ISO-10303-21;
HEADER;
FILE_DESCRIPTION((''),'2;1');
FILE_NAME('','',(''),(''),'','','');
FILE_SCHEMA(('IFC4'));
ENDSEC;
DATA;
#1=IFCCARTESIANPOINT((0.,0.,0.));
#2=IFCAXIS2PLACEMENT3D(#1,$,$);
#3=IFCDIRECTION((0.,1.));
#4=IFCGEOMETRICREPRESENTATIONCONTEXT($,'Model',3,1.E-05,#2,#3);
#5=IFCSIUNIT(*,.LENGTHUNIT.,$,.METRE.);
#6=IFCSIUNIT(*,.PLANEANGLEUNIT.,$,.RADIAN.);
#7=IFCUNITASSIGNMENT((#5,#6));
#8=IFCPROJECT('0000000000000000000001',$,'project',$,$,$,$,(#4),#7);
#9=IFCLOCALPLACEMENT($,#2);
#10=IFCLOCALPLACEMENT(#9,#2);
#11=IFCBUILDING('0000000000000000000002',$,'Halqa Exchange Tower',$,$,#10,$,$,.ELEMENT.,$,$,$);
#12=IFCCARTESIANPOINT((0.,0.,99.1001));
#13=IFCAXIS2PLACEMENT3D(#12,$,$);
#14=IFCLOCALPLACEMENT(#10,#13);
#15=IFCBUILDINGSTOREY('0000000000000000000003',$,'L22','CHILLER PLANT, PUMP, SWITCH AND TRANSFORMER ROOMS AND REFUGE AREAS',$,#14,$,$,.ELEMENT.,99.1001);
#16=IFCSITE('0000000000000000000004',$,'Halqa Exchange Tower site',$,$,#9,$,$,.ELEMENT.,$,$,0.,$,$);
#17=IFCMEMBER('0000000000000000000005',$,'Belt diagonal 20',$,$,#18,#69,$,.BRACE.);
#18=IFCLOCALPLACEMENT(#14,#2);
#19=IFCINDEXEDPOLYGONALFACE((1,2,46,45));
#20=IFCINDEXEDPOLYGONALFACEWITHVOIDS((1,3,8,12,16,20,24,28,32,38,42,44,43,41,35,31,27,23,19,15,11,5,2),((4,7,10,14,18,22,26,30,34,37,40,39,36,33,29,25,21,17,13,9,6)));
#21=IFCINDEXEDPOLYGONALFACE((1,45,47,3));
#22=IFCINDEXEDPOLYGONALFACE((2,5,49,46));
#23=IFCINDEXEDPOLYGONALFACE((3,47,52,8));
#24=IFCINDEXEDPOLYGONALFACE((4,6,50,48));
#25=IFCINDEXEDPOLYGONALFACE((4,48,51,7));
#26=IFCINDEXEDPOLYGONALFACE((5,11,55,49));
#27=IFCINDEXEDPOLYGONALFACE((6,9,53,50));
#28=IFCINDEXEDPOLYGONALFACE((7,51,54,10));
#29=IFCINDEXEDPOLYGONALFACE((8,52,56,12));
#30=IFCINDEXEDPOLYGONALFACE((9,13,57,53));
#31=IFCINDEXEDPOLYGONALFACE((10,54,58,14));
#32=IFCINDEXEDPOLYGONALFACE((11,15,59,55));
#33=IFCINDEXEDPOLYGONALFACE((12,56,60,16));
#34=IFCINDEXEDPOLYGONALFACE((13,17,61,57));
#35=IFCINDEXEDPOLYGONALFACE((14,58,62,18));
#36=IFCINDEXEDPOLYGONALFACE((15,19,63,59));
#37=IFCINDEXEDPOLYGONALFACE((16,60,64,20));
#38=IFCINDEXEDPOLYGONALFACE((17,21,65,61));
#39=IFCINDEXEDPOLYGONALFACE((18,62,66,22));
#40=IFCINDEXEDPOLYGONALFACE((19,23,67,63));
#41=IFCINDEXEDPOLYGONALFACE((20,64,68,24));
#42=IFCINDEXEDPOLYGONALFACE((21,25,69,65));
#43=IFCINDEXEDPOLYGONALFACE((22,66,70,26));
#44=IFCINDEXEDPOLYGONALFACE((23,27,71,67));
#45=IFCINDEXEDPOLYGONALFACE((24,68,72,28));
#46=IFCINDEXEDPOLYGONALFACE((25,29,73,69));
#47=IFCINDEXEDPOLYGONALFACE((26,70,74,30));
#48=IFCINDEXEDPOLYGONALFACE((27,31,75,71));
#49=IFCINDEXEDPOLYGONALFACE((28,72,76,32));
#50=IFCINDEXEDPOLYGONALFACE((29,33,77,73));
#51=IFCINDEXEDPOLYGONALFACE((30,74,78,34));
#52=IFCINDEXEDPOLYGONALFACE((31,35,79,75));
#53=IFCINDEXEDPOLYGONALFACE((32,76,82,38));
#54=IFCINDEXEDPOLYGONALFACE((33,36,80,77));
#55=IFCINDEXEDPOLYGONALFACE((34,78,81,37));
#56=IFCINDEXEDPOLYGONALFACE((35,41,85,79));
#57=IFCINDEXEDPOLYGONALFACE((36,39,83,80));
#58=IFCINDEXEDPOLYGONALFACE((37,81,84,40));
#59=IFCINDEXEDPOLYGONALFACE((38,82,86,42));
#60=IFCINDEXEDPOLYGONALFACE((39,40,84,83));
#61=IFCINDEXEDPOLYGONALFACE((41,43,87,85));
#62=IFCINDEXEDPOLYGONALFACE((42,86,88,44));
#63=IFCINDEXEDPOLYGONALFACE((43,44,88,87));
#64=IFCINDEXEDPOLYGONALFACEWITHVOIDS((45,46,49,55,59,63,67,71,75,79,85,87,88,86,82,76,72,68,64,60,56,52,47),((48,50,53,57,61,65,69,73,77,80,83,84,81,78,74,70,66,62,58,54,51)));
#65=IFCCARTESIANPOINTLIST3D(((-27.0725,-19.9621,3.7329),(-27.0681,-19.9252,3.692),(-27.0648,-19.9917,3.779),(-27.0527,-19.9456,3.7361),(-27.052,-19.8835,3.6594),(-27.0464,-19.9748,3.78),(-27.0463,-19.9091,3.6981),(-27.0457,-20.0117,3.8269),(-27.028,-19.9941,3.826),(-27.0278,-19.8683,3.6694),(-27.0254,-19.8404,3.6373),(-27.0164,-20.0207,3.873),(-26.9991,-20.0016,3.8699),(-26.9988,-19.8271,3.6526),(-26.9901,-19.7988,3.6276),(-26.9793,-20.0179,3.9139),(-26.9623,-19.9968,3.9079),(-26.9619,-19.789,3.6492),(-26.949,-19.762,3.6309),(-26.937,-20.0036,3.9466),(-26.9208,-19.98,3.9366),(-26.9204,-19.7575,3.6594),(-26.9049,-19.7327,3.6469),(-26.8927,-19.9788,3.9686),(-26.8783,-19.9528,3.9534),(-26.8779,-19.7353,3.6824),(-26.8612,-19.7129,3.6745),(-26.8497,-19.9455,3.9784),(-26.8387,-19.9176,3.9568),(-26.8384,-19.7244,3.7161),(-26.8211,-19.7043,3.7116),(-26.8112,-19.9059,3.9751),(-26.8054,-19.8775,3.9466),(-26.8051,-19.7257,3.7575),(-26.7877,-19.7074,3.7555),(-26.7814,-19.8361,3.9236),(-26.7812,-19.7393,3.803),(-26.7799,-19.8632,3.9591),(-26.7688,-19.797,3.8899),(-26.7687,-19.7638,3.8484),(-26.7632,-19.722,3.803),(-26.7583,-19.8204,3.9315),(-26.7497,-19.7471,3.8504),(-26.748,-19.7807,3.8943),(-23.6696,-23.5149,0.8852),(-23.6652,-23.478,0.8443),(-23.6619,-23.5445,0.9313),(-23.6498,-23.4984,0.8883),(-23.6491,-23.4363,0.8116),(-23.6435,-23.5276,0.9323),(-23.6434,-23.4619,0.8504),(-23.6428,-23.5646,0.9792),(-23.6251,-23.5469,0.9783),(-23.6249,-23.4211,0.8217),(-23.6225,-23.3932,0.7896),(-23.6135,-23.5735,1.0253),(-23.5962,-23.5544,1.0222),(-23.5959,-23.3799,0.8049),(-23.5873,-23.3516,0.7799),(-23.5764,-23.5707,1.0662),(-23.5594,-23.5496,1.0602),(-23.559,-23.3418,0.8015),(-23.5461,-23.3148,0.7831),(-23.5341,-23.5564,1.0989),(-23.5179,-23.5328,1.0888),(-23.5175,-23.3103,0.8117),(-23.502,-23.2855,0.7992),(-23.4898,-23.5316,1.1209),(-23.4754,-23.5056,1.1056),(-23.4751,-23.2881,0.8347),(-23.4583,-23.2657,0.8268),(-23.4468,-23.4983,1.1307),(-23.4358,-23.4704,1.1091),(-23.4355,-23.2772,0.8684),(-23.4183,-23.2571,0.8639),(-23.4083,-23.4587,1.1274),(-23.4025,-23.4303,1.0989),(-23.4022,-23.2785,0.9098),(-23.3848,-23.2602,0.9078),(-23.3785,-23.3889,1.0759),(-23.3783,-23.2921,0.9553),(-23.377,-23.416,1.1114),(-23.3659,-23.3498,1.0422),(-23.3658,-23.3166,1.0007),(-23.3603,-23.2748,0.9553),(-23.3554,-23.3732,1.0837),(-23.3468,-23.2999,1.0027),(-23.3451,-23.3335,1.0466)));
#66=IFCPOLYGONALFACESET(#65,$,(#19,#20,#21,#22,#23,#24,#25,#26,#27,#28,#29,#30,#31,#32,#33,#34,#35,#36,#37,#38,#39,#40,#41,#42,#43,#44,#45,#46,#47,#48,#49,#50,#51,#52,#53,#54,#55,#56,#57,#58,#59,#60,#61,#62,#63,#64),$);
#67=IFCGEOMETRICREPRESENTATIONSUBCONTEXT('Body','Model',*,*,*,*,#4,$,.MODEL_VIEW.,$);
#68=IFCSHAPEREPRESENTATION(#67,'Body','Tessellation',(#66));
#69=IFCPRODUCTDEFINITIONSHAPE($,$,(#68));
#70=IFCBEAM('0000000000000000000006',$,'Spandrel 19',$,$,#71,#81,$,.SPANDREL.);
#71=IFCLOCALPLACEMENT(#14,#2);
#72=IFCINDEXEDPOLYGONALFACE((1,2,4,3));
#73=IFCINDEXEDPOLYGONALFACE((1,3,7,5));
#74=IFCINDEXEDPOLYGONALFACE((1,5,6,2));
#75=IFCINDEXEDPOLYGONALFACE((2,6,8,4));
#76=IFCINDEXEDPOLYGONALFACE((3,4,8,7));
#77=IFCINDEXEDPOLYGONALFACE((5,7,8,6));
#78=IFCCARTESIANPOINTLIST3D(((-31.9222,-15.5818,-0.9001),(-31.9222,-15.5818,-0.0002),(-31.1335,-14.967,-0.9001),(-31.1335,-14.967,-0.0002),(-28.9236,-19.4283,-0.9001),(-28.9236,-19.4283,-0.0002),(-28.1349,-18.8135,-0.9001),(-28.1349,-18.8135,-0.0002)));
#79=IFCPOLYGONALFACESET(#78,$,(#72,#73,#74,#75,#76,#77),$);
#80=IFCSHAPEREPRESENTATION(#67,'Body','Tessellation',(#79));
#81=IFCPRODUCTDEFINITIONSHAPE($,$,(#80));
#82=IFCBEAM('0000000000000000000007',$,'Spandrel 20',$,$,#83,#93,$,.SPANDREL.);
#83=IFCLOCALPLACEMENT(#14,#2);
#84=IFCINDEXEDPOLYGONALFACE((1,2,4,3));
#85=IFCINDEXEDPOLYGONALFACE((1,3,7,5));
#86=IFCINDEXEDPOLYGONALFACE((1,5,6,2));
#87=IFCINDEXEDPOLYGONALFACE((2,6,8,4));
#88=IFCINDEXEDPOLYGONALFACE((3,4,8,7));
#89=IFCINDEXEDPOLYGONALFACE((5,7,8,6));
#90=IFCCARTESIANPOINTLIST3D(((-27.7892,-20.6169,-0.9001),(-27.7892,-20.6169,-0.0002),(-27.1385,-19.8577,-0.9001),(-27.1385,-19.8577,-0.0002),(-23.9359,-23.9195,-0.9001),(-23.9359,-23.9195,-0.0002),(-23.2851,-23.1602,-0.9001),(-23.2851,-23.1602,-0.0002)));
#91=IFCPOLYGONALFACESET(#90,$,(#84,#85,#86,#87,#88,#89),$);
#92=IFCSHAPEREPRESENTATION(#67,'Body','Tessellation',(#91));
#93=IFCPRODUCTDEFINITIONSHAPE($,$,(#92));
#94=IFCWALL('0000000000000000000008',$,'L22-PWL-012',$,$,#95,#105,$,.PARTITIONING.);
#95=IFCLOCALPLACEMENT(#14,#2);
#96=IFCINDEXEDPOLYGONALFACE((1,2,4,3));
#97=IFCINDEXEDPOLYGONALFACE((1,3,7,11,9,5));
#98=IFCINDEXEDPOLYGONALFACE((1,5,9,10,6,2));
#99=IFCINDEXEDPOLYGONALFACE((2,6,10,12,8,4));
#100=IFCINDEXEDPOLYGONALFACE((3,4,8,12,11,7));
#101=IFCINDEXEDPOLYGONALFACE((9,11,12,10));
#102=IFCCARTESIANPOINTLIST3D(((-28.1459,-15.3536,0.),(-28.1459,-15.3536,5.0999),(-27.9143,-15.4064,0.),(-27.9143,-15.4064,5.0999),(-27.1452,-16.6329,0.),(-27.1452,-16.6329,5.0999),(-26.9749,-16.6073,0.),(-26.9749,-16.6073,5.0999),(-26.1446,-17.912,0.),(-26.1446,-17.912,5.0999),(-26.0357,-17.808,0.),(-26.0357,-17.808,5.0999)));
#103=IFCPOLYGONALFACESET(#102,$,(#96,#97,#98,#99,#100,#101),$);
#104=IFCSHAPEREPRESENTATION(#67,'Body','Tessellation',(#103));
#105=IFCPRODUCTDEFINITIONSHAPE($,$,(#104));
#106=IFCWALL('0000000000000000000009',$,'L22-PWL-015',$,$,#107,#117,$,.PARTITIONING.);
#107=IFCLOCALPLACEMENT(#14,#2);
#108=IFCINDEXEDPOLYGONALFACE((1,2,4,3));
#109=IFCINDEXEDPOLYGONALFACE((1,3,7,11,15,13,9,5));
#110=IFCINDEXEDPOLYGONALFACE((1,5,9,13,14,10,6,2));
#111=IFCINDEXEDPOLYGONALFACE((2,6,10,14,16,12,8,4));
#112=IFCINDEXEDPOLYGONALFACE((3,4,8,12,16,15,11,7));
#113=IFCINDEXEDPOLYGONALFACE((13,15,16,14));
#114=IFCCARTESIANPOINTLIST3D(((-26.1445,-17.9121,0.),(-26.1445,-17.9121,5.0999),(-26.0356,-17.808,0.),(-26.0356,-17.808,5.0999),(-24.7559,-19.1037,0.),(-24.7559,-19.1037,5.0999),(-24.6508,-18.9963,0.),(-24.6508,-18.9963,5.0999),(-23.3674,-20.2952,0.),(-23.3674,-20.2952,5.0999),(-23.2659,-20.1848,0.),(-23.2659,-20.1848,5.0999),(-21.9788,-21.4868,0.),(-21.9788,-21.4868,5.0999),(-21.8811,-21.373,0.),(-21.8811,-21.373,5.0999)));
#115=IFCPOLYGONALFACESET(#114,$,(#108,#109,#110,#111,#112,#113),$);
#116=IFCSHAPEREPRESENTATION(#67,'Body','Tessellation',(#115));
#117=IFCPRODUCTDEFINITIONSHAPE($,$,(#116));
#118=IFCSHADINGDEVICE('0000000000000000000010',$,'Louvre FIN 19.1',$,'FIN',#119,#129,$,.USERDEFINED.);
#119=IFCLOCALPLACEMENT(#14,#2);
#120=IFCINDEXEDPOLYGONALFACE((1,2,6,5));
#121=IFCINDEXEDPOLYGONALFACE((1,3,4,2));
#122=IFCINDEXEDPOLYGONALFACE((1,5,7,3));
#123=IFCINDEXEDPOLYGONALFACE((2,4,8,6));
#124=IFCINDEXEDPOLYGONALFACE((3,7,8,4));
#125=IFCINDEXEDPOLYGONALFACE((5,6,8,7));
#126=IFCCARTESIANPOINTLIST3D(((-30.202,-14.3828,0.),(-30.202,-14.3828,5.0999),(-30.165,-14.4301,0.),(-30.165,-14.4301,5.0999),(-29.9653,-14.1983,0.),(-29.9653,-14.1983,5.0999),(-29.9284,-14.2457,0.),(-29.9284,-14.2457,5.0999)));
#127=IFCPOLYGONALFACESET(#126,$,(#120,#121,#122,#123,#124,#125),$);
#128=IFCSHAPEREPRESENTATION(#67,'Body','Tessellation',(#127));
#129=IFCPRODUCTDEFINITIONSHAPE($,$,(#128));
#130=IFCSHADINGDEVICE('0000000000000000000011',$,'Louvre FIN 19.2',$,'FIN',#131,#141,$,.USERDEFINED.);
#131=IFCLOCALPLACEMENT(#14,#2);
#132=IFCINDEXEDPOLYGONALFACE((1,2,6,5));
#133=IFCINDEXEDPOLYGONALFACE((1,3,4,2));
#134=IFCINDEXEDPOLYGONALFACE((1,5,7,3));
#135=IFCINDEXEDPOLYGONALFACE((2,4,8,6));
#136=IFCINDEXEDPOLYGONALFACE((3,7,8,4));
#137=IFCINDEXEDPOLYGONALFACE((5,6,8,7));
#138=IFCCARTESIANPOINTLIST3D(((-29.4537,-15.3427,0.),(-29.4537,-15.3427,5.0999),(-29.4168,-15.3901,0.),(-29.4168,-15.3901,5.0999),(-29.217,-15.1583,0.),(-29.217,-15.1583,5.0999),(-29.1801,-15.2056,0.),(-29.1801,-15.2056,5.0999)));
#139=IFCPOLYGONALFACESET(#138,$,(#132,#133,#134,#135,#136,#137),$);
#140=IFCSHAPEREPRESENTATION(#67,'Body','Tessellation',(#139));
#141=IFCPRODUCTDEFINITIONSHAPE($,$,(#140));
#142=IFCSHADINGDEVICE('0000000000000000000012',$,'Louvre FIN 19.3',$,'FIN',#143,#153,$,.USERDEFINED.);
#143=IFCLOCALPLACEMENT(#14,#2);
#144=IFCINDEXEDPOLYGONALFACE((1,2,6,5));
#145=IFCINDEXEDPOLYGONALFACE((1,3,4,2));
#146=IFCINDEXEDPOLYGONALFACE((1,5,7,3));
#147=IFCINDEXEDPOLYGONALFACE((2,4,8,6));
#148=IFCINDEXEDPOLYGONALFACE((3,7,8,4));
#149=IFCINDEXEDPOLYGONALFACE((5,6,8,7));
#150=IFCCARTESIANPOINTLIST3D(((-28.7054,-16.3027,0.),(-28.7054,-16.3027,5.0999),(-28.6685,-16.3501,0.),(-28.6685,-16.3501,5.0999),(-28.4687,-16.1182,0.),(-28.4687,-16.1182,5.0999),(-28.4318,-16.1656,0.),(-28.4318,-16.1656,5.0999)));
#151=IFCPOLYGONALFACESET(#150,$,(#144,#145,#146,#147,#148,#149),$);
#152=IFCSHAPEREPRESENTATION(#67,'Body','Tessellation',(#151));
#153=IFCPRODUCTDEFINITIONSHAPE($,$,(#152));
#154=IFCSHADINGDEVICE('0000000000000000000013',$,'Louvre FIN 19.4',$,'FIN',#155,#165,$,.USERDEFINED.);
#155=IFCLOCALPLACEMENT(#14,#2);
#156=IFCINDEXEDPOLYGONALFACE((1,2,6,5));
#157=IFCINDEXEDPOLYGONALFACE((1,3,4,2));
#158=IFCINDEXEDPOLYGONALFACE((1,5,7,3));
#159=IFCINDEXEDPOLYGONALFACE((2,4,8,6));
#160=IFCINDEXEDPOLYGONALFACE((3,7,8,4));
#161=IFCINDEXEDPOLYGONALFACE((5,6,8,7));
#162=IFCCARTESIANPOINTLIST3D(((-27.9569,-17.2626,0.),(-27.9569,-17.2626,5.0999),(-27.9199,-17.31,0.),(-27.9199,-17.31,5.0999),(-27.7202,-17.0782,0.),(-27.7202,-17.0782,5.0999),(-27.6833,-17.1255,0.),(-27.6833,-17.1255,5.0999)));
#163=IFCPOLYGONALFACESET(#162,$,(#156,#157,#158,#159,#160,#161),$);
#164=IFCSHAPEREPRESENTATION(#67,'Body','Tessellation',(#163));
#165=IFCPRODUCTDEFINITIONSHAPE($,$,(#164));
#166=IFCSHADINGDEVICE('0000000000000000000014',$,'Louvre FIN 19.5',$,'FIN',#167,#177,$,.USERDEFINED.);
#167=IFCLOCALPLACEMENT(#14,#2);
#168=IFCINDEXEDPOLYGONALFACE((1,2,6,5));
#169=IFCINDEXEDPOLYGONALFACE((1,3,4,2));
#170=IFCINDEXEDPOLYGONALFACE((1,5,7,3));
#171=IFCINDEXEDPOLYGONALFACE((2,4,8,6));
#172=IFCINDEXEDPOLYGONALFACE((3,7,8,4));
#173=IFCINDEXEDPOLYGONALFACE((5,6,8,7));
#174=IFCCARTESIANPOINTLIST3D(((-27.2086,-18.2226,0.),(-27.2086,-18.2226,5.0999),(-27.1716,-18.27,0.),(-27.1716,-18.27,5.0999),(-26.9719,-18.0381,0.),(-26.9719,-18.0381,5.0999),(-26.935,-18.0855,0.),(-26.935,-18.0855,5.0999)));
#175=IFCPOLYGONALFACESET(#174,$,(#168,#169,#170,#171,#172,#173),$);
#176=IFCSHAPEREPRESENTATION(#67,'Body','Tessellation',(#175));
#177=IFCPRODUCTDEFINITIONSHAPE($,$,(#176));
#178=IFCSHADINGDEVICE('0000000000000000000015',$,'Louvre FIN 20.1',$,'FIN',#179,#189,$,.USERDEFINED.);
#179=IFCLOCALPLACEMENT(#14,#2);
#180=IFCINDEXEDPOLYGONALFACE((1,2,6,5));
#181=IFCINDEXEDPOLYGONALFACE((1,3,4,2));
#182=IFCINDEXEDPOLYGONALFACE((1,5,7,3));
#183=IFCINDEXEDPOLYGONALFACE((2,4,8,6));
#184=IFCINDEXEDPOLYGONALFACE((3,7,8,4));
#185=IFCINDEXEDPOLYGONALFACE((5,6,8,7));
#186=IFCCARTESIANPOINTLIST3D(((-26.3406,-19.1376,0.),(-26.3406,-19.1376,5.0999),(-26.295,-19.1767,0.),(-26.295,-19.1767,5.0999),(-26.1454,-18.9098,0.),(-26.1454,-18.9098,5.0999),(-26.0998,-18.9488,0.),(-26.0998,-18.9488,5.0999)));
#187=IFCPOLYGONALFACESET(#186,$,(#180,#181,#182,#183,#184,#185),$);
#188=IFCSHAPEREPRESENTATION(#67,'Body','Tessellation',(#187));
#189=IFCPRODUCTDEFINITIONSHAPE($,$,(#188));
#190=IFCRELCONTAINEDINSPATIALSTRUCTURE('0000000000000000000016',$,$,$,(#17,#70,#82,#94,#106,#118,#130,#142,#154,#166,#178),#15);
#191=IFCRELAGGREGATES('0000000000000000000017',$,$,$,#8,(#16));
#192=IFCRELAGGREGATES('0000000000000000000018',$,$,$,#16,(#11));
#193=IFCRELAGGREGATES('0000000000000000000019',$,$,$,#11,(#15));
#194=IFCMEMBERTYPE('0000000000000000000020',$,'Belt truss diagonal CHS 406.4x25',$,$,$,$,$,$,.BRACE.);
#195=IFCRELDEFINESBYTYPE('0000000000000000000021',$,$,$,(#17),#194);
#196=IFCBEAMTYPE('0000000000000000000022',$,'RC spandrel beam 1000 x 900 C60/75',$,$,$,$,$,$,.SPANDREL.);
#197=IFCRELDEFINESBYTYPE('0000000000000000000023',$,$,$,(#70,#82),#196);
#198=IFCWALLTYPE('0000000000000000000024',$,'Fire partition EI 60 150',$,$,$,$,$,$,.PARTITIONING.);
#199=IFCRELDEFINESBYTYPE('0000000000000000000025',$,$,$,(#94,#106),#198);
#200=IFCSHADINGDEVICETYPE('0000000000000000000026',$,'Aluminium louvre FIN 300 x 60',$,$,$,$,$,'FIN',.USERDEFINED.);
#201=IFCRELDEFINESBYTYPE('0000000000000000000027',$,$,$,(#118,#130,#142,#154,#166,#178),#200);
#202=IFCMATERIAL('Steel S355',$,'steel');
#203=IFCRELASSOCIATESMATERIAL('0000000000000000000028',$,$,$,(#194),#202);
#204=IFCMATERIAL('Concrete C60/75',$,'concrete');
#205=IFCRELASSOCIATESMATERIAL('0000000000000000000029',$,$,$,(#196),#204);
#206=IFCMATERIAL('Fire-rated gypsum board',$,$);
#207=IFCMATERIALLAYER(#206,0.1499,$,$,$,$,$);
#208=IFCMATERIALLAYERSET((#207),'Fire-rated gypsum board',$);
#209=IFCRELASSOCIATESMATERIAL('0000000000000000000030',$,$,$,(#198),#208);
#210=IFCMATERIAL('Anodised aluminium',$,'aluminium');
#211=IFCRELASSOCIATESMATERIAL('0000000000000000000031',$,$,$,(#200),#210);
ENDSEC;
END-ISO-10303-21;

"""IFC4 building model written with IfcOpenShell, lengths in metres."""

from ifc_helpers import new_model, si_unit, direction, frame, origin, origin_2d, place, context, subcontext, project, spatial, polyline, rectangle, hollow_circle, outline, extrude, material, layer, layer_set, material_profile, profile_set, type_object, element, save


model = new_model("IFC4")

# Units and contexts
model_context = context("Model", 3, precision=1e-05, world=origin(), true_north=direction((0.0, 1.0)))
body_context = subcontext(model_context, "Body", "Model", "MODEL_VIEW")
ifc_project = project(units=[si_unit("LENGTHUNIT", "METRE"), si_unit("PLANEANGLEUNIT", "RADIAN")], contexts=[model_context])

# Site, building, storey
site_placement = place(None, origin())
site = spatial("IfcSite", under=ifc_project, at=site_placement, Name="Halqa Exchange Tower site", CompositionType="ELEMENT", RefElevation=0.0)
building_placement = place(site_placement, origin())
building = spatial("IfcBuilding", under=site, at=building_placement, Name="Halqa Exchange Tower", CompositionType="ELEMENT")
storey_placement = place(building_placement, frame((0.0, 0.0, 99.1001)))
storey = spatial("IfcBuildingStorey", under=building, at=storey_placement, Name="L22", Description="CHILLER PLANT, PUMP, SWITCH AND TRANSFORMER ROOMS AND REFUGE AREAS", CompositionType="ELEMENT", Elevation=99.1001)

# Member
ifc_material_1 = material(Name="Steel S355", Category="steel")
ifc_material_profile_1 = material_profile(ifc_material_1, hollow_circle(Radius=0.2031, WallThickness=0.0249, at=origin_2d()), Name="CHS 406.4x25")
ifc_profile_set_1 = profile_set([ifc_material_profile_1], Name="Steel S355")
member_type_1 = type_object("IfcMemberType", Name="Belt truss diagonal CHS 406.4x25", PredefinedType="BRACE", material=ifc_profile_set_1)
member_1_placement = place(storey_placement, frame((-26.9099, -19.8625, 3.803), z_axis=(0.598646, -0.625017, -0.500976), x_axis=(0.722178, 0.691707, 0.0)))
element("IfcMember", 1, at=member_1_placement, inside=storey, type_object=member_type_1, Name="Belt diagonal 20", PredefinedType="BRACE", context=body_context, shape_type="SweptSolid", body=[
    extrude(hollow_circle(Radius=0.2031, WallThickness=0.0249, at=origin_2d()), origin(), (0.0, 0.0, 1.0), 5.6843),
])

# Beams
ifc_material_2 = material(Name="Concrete C60/75", Category="concrete")
ifc_material_profile_2 = material_profile(ifc_material_2, rectangle(XDim=1.0, YDim=0.8999, at=origin_2d()), Name="1000 x 900")
ifc_profile_set_2 = profile_set([ifc_material_profile_2], Name="Concrete C60/75")
beam_type = type_object("IfcBeamType", Name="RC spandrel beam 1000 x 900 C60/75", PredefinedType="SPANDREL", material=ifc_profile_set_2)
beam_1_placement = place(storey_placement, frame((-31.5278, -15.2744, -0.4502), z_axis=(0.614817, -0.78867, 0.0), x_axis=(0.78867, 0.614817, 0.0)))
element("IfcBeam", 2, at=beam_1_placement, inside=storey, type_object=beam_type, Name="Spandrel 19", PredefinedType="SPANDREL", context=body_context, shape_type="SweptSolid", body=[
    extrude(rectangle(XDim=1.0, YDim=0.8999, at=origin_2d()), origin(), (0.0, 0.0, 1.0), 4.8772),
])
beam_2_placement = place(storey_placement, frame((-27.4639, -20.2373, -0.4502), z_axis=(0.759287, -0.650756, 0.0), x_axis=(0.650756, 0.759287, 0.0)))
element("IfcBeam", 3, at=beam_2_placement, inside=storey, type_object=beam_type, Name="Spandrel 20", PredefinedType="SPANDREL", context=body_context, shape_type="SweptSolid", body=[
    extrude(rectangle(XDim=1.0, YDim=0.8999, at=origin_2d()), origin(), (0.0, 0.0, 1.0), 5.075),
])

# Walls
ifc_material_3 = material(Name="Fire-rated gypsum board")
ifc_layer_1 = layer(ifc_material_3, 0.1499)
ifc_layer_set_1 = layer_set([ifc_layer_1], Name="Fire-rated gypsum board")
wall_type = type_object("IfcWallType", Name="Fire partition EI 60 150", PredefinedType="PARTITIONING", material=ifc_layer_set_1)
wall_1_placement = place(storey_placement, frame((-28.0869, -15.3074, 0.0), z_axis=(0.0, 0.0, 1.0), x_axis=(0.616134, -0.787641, 0.0)))
element("IfcWall", 4, at=wall_1_placement, inside=storey, type_object=wall_type, Name="L22-PWL-012", PredefinedType="PARTITIONING", context=body_context, shape_type="SweptSolid", body=[
    extrude(outline(polyline([(0.0, -0.075), (1.6243, -0.075), (3.2483, -0.075), (3.2334, 0.075), (1.709, 0.075), (0.1843, 0.075), (0.0, -0.075), (0.0, -0.075)])), origin(), (0.0, 0.0, 1.0), 5.0999),
])
wall_2_placement = place(storey_placement, frame((-26.0957, -17.8552, 0.0), z_axis=(0.0, 0.0, 1.0), x_axis=(0.758892, -0.651216, 0.0)))
element("IfcWall", 5, at=wall_2_placement, inside=storey, type_object=wall_type, Name="L22-PWL-015", PredefinedType="PARTITIONING", context=body_context, shape_type="SweptSolid", body=[
    extrude(outline(polyline([(5.4893, 0.075), (3.6646, 0.075), (1.8396, 0.075), (0.0149, 0.075), (0.0, -0.075), (0.0, -0.075), (1.8298, -0.075), (3.6594, -0.075), (5.4893, -0.075), (5.4893, 0.075)])), origin(), (0.0, 0.0, 1.0), 5.0999),
])

# Shading devices
ifc_material_4 = material(Name="Anodised aluminium", Category="aluminium")
ifc_material_profile_3 = material_profile(ifc_material_4, rectangle(XDim=0.3, YDim=0.0601, at=origin_2d()), Name="AL FIN 300x60")
ifc_profile_set_3 = profile_set([ifc_material_profile_3], Name="Anodised aluminium")
shading_device_type = type_object("IfcShadingDeviceType", Name="Aluminium louvre FIN 300 x 60", ElementType="FIN", PredefinedType="USERDEFINED", material=ifc_profile_set_3)
for number, where, z_axis, x_axis, name in (
    (6, (-30.0652, -14.3142, 0.0), (0.0, 0.0, 1.0), (0.788675, 0.61481, 0.0), "Louvre FIN 19.1"),
    (7, (-29.3169, -15.2742, 0.0), (0.0, 0.0, 1.0), (0.788675, 0.61481, 0.0), "Louvre FIN 19.2"),
    (8, (-28.5686, -16.2341, 0.0), (0.0, 0.0, 1.0), (0.788675, 0.61481, 0.0), "Louvre FIN 19.3"),
    (9, (-27.8201, -17.1941, 0.0), (0.0, 0.0, 1.0), (0.788675, 0.61481, 0.0), "Louvre FIN 19.4"),
    (10, (-27.0718, -18.1541, 0.0), (0.0, 0.0, 1.0), (0.788675, 0.61481, 0.0), "Louvre FIN 19.5"),
    (11, (-26.2202, -19.0432, 0.0), (0.0, 0.0, 1.0), (0.650785, 0.759262, 0.0), "Louvre FIN 20.1"),
):
    element("IfcShadingDevice", number, at=place(storey_placement, frame(where, z_axis=z_axis, x_axis=x_axis)), inside=storey, type_object=shading_device_type, Name=name, ObjectType="FIN", PredefinedType="USERDEFINED", context=body_context, shape_type="SweptSolid", body=[
        extrude(rectangle(XDim=0.3, YDim=0.0601, at=origin_2d()), origin(), (0.0, 0.0, 1.0), 5.0999),
    ])

save(model, "model.ifc")
